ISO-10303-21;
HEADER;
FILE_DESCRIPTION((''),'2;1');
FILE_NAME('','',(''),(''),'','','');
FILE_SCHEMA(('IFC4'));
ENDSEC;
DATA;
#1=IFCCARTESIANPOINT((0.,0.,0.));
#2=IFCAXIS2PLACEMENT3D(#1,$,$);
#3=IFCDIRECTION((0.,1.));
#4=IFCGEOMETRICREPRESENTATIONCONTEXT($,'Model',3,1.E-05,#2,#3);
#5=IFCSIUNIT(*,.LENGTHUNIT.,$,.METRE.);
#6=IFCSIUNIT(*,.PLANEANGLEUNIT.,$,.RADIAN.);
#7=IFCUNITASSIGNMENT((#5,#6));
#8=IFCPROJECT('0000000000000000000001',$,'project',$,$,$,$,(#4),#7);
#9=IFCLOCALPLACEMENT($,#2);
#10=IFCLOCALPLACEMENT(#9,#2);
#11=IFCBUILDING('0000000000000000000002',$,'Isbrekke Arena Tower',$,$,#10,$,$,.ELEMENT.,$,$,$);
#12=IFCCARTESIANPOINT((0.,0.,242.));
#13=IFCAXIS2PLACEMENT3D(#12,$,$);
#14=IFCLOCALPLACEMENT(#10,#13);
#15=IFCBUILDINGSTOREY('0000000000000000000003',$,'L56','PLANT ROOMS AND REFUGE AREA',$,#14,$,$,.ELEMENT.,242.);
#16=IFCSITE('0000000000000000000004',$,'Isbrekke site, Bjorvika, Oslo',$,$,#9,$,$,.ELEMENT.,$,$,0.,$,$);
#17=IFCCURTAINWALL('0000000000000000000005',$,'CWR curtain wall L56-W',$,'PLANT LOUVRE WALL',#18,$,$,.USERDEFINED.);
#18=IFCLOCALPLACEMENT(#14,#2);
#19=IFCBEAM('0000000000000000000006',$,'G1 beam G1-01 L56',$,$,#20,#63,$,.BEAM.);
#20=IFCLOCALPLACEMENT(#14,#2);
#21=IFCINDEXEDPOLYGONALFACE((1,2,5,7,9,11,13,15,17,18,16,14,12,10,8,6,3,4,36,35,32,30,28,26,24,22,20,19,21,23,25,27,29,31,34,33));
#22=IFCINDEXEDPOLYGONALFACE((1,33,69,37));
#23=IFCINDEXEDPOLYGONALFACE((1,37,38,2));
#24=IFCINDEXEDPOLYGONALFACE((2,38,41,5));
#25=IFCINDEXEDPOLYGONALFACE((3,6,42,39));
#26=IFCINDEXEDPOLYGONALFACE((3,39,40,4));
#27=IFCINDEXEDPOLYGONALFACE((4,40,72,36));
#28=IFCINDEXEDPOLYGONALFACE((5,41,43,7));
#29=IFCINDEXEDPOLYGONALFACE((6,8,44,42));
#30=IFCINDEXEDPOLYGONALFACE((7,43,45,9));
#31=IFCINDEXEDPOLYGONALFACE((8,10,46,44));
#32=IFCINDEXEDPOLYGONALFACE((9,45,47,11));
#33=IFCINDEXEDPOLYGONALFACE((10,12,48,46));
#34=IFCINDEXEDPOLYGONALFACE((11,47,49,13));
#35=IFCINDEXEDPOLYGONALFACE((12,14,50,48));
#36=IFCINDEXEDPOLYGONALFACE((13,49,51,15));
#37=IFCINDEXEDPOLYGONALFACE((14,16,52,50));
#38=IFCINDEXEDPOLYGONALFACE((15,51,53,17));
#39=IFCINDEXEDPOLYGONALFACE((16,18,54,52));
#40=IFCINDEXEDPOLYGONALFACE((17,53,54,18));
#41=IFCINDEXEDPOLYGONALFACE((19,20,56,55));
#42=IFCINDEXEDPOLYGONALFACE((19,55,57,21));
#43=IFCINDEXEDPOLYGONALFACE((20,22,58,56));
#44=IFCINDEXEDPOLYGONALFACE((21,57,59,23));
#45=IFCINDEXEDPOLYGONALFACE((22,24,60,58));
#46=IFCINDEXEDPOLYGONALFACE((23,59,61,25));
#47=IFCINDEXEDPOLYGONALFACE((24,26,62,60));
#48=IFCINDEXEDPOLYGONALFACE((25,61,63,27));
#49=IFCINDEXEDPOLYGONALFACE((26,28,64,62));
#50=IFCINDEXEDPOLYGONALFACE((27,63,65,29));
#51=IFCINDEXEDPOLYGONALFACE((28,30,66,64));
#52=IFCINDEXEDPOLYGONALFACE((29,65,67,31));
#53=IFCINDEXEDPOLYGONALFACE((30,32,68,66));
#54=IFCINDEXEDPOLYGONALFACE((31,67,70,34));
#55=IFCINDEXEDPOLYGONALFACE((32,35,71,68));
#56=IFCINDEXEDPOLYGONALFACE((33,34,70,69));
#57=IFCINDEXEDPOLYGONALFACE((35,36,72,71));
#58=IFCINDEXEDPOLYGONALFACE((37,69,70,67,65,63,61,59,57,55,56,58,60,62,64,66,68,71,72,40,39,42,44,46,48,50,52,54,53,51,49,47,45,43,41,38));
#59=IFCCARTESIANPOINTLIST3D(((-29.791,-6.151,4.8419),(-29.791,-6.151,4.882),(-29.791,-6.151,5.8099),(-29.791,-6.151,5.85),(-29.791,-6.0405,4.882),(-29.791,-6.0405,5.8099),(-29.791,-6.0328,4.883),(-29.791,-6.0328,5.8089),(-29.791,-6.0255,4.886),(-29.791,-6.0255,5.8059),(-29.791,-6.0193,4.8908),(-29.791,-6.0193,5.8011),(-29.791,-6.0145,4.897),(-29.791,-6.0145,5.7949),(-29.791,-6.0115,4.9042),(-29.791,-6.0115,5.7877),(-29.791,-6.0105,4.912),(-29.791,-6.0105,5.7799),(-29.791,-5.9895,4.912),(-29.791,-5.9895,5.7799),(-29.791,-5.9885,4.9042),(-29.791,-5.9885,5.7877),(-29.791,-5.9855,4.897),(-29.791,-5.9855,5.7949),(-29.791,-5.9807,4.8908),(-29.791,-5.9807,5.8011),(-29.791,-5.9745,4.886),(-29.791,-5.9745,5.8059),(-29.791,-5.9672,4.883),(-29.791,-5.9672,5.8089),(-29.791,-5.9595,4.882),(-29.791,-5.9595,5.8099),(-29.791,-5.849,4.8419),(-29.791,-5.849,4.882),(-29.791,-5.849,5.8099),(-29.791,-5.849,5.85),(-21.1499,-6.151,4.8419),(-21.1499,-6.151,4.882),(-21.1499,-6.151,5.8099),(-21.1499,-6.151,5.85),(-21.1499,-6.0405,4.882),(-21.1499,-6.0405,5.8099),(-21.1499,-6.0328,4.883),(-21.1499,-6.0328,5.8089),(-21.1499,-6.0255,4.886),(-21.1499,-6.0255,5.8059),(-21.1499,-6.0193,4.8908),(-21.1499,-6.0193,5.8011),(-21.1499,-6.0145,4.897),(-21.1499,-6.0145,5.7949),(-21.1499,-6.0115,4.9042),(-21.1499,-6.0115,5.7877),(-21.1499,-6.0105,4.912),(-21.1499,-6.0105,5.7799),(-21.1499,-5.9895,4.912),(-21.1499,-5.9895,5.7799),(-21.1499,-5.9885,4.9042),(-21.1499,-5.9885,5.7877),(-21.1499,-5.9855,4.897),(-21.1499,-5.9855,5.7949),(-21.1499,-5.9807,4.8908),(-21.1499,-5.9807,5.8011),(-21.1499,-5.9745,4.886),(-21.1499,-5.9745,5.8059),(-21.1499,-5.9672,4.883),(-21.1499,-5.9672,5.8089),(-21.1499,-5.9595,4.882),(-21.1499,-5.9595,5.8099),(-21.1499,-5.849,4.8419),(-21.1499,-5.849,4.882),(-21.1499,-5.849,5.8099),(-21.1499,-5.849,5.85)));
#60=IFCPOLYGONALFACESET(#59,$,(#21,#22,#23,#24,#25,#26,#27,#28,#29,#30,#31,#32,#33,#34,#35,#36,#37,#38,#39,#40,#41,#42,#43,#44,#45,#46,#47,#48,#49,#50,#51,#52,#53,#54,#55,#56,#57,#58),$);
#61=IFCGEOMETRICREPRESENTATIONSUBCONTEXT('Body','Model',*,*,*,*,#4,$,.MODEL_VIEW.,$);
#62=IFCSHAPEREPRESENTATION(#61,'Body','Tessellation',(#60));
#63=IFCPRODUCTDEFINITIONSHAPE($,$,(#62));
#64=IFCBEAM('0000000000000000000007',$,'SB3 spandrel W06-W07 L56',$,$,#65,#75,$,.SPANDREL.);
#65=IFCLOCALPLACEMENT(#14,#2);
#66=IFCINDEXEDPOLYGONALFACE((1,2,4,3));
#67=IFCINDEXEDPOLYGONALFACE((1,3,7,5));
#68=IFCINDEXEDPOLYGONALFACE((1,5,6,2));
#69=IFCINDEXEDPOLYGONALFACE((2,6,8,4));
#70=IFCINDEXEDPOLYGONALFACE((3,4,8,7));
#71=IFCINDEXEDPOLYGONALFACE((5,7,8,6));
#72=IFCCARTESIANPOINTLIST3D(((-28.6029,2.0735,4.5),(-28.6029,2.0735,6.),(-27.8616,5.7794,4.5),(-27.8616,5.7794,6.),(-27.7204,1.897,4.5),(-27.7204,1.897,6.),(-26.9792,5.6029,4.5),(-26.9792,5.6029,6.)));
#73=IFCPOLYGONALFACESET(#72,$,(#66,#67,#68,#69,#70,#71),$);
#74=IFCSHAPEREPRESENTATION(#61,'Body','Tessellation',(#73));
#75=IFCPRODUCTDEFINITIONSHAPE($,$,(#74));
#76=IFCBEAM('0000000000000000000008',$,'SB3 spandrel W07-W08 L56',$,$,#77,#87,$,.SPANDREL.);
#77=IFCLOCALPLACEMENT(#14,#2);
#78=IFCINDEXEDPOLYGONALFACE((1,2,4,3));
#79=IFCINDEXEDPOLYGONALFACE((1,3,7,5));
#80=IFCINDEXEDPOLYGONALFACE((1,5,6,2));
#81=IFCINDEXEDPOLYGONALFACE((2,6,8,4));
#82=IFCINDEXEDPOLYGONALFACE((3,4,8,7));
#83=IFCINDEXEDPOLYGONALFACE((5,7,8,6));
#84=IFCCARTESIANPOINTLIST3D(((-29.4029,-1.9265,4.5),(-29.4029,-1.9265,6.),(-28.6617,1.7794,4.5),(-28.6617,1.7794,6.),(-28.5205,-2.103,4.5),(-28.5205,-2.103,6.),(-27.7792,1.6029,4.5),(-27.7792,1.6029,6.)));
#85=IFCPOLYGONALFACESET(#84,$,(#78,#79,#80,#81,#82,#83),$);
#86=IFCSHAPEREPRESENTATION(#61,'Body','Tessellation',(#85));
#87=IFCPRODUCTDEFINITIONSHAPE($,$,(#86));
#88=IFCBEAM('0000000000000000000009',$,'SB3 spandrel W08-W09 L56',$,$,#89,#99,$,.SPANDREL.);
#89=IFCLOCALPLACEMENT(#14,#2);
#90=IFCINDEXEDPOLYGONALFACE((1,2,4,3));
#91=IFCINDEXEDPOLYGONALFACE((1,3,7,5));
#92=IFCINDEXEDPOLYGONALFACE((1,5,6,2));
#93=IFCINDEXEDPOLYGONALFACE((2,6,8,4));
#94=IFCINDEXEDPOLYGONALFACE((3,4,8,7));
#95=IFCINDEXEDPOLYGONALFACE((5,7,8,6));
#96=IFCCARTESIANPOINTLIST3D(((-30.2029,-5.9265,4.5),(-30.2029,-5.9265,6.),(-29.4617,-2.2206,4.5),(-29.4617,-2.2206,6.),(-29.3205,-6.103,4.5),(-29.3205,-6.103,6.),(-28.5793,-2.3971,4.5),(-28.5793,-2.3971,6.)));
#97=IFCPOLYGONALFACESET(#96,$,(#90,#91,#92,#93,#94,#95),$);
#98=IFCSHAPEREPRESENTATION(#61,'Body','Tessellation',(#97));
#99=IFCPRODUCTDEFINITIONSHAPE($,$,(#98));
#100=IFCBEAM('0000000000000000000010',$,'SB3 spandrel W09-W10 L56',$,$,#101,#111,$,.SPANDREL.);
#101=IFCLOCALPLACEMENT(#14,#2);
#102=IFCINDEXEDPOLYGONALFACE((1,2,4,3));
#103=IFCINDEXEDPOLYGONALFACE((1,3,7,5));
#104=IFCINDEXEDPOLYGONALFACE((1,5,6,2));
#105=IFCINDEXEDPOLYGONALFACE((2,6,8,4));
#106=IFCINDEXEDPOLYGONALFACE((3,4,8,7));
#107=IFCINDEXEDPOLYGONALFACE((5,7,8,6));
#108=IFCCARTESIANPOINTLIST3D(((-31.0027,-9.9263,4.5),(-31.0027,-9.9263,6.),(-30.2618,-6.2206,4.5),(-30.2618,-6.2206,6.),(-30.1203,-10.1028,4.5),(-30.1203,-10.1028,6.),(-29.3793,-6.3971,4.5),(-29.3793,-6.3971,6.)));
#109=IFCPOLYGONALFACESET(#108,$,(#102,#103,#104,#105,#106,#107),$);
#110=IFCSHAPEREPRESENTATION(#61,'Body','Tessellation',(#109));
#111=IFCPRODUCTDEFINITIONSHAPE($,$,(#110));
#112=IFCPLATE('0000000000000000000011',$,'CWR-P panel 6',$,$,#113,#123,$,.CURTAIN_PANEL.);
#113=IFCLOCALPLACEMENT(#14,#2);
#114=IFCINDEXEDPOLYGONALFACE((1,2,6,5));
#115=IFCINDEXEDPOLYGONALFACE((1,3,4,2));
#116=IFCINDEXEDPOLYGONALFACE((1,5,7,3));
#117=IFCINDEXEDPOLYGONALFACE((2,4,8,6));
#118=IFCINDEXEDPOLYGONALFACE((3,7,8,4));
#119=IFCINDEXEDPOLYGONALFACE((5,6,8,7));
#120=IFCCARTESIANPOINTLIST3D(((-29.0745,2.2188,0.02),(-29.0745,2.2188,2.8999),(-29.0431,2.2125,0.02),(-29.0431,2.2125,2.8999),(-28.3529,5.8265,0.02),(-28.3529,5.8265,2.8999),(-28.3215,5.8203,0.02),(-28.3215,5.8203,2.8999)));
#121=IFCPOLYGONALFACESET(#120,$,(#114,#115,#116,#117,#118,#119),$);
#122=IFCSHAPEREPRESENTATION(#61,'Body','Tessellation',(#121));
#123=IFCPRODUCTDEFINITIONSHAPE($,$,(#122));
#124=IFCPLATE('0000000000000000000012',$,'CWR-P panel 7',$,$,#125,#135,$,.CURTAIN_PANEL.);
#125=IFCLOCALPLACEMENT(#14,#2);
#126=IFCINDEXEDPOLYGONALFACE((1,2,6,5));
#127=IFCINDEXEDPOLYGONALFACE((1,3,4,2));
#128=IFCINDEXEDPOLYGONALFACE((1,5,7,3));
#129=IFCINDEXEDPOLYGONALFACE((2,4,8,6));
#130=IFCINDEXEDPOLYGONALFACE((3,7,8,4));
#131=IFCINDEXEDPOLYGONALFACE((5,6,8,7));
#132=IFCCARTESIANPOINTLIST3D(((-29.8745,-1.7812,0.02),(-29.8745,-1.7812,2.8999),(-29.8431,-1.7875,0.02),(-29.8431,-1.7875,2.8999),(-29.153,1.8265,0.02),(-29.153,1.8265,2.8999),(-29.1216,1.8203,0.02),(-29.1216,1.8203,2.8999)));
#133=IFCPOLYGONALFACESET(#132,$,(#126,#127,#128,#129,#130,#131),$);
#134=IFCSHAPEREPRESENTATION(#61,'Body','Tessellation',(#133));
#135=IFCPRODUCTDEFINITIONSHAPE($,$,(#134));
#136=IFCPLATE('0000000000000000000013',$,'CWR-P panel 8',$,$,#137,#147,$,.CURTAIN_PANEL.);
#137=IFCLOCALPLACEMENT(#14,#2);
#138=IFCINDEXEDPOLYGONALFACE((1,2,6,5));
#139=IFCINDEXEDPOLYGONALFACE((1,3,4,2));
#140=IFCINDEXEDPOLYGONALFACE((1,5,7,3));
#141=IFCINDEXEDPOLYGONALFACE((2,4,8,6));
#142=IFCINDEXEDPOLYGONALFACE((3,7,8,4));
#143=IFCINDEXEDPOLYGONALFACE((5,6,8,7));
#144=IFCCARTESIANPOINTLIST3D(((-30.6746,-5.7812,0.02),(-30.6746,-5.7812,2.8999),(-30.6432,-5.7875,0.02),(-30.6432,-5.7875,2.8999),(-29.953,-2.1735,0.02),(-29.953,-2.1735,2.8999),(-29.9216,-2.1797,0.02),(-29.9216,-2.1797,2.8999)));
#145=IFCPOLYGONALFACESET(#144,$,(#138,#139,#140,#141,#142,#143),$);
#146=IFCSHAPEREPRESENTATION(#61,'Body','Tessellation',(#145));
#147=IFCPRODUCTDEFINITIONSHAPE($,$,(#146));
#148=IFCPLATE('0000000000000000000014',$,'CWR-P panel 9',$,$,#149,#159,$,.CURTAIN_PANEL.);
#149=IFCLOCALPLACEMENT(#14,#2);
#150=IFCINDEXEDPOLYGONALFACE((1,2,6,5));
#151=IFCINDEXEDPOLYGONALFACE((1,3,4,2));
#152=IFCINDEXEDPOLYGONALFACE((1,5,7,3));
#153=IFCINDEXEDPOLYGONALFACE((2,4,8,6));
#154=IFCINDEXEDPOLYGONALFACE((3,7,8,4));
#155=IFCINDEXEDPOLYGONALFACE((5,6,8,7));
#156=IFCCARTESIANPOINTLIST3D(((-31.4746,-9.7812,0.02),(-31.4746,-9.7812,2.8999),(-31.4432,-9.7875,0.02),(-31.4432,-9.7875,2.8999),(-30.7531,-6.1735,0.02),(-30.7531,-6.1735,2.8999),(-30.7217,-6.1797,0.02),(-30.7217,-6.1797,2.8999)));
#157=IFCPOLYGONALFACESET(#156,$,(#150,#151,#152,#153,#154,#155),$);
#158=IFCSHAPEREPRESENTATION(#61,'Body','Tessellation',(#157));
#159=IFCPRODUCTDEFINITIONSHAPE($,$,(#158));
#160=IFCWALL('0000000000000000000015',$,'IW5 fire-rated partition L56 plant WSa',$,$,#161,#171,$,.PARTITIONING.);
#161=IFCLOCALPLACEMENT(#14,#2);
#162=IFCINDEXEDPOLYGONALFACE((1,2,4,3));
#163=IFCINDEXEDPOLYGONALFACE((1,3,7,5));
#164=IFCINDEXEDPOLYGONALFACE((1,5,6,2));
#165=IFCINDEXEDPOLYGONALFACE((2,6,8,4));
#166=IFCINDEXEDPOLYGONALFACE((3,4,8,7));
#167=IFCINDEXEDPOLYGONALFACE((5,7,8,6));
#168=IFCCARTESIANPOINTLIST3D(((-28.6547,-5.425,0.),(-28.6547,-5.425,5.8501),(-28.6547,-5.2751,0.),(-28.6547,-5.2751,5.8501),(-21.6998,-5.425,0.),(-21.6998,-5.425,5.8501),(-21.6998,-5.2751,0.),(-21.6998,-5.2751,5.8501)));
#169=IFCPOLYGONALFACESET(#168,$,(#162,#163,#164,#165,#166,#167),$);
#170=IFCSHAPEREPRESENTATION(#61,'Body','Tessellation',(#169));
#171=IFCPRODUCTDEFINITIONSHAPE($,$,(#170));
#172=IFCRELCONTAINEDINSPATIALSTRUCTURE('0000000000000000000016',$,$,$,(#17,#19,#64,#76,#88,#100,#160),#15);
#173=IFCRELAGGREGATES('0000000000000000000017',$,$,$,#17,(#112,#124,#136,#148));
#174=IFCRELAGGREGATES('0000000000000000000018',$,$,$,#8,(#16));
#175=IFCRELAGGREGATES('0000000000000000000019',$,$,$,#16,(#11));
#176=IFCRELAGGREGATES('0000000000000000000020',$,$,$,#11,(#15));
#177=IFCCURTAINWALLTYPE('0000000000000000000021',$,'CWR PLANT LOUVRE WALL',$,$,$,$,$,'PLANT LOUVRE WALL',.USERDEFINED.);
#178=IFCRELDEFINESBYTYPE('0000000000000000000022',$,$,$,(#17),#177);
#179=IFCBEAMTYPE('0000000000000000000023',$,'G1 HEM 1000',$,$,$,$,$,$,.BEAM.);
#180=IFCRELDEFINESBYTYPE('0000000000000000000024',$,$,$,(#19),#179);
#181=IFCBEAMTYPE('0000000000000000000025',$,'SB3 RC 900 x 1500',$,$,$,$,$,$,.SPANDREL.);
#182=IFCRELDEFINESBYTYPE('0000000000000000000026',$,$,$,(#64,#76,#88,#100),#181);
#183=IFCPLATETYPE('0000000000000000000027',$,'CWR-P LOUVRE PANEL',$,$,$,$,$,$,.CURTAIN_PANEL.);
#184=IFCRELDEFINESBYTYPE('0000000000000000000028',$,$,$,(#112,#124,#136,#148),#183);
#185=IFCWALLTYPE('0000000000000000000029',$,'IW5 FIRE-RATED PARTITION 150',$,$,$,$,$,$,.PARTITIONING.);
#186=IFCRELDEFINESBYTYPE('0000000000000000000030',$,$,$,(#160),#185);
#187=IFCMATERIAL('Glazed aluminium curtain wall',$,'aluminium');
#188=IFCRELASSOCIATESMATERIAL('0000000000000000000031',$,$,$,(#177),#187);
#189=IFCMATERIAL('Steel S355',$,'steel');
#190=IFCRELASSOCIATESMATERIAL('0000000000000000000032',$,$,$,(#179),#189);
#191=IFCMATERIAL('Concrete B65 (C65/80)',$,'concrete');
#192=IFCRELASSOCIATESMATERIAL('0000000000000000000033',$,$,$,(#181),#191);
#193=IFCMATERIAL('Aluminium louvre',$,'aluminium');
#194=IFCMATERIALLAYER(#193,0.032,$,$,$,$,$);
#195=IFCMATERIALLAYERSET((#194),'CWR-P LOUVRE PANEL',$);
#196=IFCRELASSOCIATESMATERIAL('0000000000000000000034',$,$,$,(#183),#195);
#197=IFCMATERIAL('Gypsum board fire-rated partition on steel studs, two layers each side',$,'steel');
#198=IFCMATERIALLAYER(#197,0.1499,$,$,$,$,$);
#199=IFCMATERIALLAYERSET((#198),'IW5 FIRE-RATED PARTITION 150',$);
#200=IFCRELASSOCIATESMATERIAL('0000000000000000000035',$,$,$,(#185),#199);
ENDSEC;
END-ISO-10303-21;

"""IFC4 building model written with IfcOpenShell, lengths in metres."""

from ifc_helpers import new_model, si_unit, direction, frame, frame_2d, origin, origin_2d, place, context, subcontext, project, spatial, rectangle, i_section, extrude, material, layer, layer_set, material_profile, profile_set, type_object, element, aggregate, save


model = new_model("IFC4")

# Units and contexts
model_context = context("Model", 3, precision=1e-05, world=origin(), true_north=direction((0.0, 1.0)))
body_context = subcontext(model_context, "Body", "Model", "MODEL_VIEW")
ifc_project = project(units=[si_unit("LENGTHUNIT", "METRE"), si_unit("PLANEANGLEUNIT", "RADIAN")], contexts=[model_context])

# Site, building, storey
site_placement = place(None, origin())
site = spatial("IfcSite", under=ifc_project, at=site_placement, Name="Isbrekke site, Bjorvika, Oslo", CompositionType="ELEMENT", RefElevation=0.0)
building_placement = place(site_placement, origin())
building = spatial("IfcBuilding", under=site, at=building_placement, Name="Isbrekke Arena Tower", CompositionType="ELEMENT")
storey_placement = place(building_placement, frame((0.0, 0.0, 242.0)))
storey = spatial("IfcBuildingStorey", under=building, at=storey_placement, Name="L56", Description="PLANT ROOMS AND REFUGE AREA", CompositionType="ELEMENT", Elevation=242.0)

# Curtain wall
ifc_material_1 = material(Name="Glazed aluminium curtain wall", Category="aluminium")
curtain_wall_type = type_object("IfcCurtainWallType", Name="CWR PLANT LOUVRE WALL", ElementType="PLANT LOUVRE WALL", PredefinedType="USERDEFINED", material=ifc_material_1)
curtain_wall_placement = place(storey_placement, origin())
curtain_wall = element("IfcCurtainWall", 1, at=curtain_wall_placement, inside=storey, type_object=curtain_wall_type, Name="CWR curtain wall L56-W", ObjectType="PLANT LOUVRE WALL", PredefinedType="USERDEFINED")

# Beams
ifc_material_2 = material(Name="Steel S355", Category="steel")
ifc_material_profile_1 = material_profile(ifc_material_2, i_section(OverallWidth=0.302, OverallDepth=1.0081, WebThickness=0.021, FlangeThickness=0.04, FilletRadius=0.03, at=origin_2d()), Name="HEM 1000")
ifc_profile_set_1 = profile_set([ifc_material_profile_1], Name="Steel S355")
beam_type_1 = type_object("IfcBeamType", Name="G1 HEM 1000", PredefinedType="BEAM", material=ifc_profile_set_1)
beam_1_placement = place(storey_placement, frame((-29.791, -6.0, 5.3459), z_axis=(1.0, 0.0, 0.0), x_axis=(0.0, 1.0, 0.0)))
element("IfcBeam", 2, at=beam_1_placement, inside=storey, type_object=beam_type_1, Name="G1 beam G1-01 L56", PredefinedType="BEAM", context=body_context, shape_type="SweptSolid", body=[
    extrude(i_section(OverallWidth=0.302, OverallDepth=1.0081, WebThickness=0.021, FlangeThickness=0.04, FilletRadius=0.03, at=origin_2d()), origin(), (0.0, 0.0, 1.0), 8.6411),
])
ifc_material_3 = material(Name="Concrete B65 (C65/80)", Category="concrete")
ifc_material_profile_2 = material_profile(ifc_material_3, rectangle(XDim=0.8999, YDim=1.5, at=origin_2d()), Name="RC 900x1500")
ifc_profile_set_2 = profile_set([ifc_material_profile_2], Name="Concrete B65 (C65/80)")
beam_type_2 = type_object("IfcBeamType", Name="SB3 RC 900 x 1500", PredefinedType="SPANDREL", material=ifc_profile_set_2)
for number, where, z_axis, x_axis, name in (
    (3, (-27.4204, 5.6912, 5.25), (-0.196129, -0.980578, 0.0), (0.980578, -0.196129, 0.0), "SB3 spandrel W06-W07 L56"),
    (4, (-28.2205, 1.6912, 5.25), (-0.196129, -0.980578, 0.0), (0.980578, -0.196129, 0.0), "SB3 spandrel W07-W08 L56"),
    (5, (-29.0205, -2.3088, 5.25), (-0.196129, -0.980578, 0.0), (0.980578, -0.196129, 0.0), "SB3 spandrel W08-W09 L56"),
):
    element("IfcBeam", number, at=place(storey_placement, frame(where, z_axis=z_axis, x_axis=x_axis)), inside=storey, type_object=beam_type_2, Name=name, PredefinedType="SPANDREL", context=body_context, shape_type="SweptSolid", body=[
        extrude(rectangle(XDim=0.8999, YDim=1.5, at=origin_2d()), origin(), (0.0, 0.0, 1.0), 3.7793),
    ])
beam_2_placement = place(storey_placement, frame((-29.8206, -6.3088, 5.25), z_axis=(-0.196066, -0.980591, 0.0), x_axis=(0.980591, -0.196066, 0.0)))
element("IfcBeam", 6, at=beam_2_placement, inside=storey, type_object=beam_type_2, Name="SB3 spandrel W09-W10 L56", PredefinedType="SPANDREL", context=body_context, shape_type="SweptSolid", body=[
    extrude(rectangle(XDim=0.8999, YDim=1.5, at=origin_2d()), origin(), (0.0, 0.0, 1.0), 3.7791),
])

# Plates
ifc_material_4 = material(Name="Aluminium louvre", Category="aluminium")
ifc_layer_1 = layer(ifc_material_4, 0.032)
ifc_layer_set_1 = layer_set([ifc_layer_1], Name="CWR-P LOUVRE PANEL")
plate_type = type_object("IfcPlateType", Name="CWR-P LOUVRE PANEL", PredefinedType="CURTAIN_PANEL", material=ifc_layer_set_1)
plate_1_placement = place(storey_placement, frame((-28.698, 4.0195, 0.02), z_axis=(0.0, 0.0, 1.0), x_axis=(-0.196116, -0.980581, 0.0)))
plate_1 = element("IfcPlate", 7, at=plate_1_placement, type_object=plate_type, Name="CWR-P panel 6", PredefinedType="CURTAIN_PANEL", context=body_context, shape_type="SweptSolid", body=[
    extrude(rectangle(XDim=3.6792, YDim=0.032, at=origin_2d()), origin(), (0.0, 0.0, 1.0), 2.8799),
])
plate_2_placement = place(storey_placement, frame((-29.498, 0.0195, 0.02), z_axis=(0.0, 0.0, 1.0), x_axis=(-0.196116, -0.980581, 0.0)))
plate_2 = element("IfcPlate", 8, at=plate_2_placement, type_object=plate_type, Name="CWR-P panel 7", PredefinedType="CURTAIN_PANEL", context=body_context, shape_type="SweptSolid", body=[
    extrude(rectangle(XDim=3.6792, YDim=0.032, at=origin_2d()), origin(), (0.0, 0.0, 1.0), 2.8799),
])
plate_3_placement = place(storey_placement, frame((-30.2981, -3.9805, 0.02), z_axis=(0.0, 0.0, 1.0), x_axis=(-0.196116, -0.980581, 0.0)))
plate_3 = element("IfcPlate", 9, at=plate_3_placement, type_object=plate_type, Name="CWR-P panel 8", PredefinedType="CURTAIN_PANEL", context=body_context, shape_type="SweptSolid", body=[
    extrude(rectangle(XDim=3.6792, YDim=0.032, at=origin_2d()), origin(), (0.0, 0.0, 1.0), 2.8799),
])
plate_4_placement = place(storey_placement, frame((-31.0981, -7.9805, 0.02), z_axis=(0.0, 0.0, 1.0), x_axis=(-0.196116, -0.980581, 0.0)))
plate_4 = element("IfcPlate", 10, at=plate_4_placement, type_object=plate_type, Name="CWR-P panel 9", PredefinedType="CURTAIN_PANEL", context=body_context, shape_type="SweptSolid", body=[
    extrude(rectangle(XDim=3.6792, YDim=0.032, at=origin_2d()), origin(), (0.0, 0.0, 1.0), 2.8799),
])
aggregate(curtain_wall, [plate_1, plate_2, plate_3, plate_4])

# Wall
ifc_material_5 = material(Name="Gypsum board fire-rated partition on steel studs, two layers each side", Category="steel")
ifc_layer_2 = layer(ifc_material_5, 0.1499)
ifc_layer_set_2 = layer_set([ifc_layer_2], Name="IW5 FIRE-RATED PARTITION 150")
wall_type = type_object("IfcWallType", Name="IW5 FIRE-RATED PARTITION 150", PredefinedType="PARTITIONING", material=ifc_layer_set_2)
wall_placement = place(storey_placement, frame((-28.6548, -5.3501, 0.0), z_axis=(0.0, 0.0, 1.0), x_axis=(1.0, 0.0, 0.0)))
element("IfcWall", 11, at=wall_placement, inside=storey, type_object=wall_type, Name="IW5 fire-rated partition L56 plant WSa", PredefinedType="PARTITIONING", context=body_context, shape_type="SweptSolid", body=[
    extrude(rectangle(XDim=6.9548, YDim=0.1499, at=frame_2d((3.4775, 0.0))), origin(), (0.0, 0.0, 1.0), 5.8501),
])

save(model, "model.ifc")
